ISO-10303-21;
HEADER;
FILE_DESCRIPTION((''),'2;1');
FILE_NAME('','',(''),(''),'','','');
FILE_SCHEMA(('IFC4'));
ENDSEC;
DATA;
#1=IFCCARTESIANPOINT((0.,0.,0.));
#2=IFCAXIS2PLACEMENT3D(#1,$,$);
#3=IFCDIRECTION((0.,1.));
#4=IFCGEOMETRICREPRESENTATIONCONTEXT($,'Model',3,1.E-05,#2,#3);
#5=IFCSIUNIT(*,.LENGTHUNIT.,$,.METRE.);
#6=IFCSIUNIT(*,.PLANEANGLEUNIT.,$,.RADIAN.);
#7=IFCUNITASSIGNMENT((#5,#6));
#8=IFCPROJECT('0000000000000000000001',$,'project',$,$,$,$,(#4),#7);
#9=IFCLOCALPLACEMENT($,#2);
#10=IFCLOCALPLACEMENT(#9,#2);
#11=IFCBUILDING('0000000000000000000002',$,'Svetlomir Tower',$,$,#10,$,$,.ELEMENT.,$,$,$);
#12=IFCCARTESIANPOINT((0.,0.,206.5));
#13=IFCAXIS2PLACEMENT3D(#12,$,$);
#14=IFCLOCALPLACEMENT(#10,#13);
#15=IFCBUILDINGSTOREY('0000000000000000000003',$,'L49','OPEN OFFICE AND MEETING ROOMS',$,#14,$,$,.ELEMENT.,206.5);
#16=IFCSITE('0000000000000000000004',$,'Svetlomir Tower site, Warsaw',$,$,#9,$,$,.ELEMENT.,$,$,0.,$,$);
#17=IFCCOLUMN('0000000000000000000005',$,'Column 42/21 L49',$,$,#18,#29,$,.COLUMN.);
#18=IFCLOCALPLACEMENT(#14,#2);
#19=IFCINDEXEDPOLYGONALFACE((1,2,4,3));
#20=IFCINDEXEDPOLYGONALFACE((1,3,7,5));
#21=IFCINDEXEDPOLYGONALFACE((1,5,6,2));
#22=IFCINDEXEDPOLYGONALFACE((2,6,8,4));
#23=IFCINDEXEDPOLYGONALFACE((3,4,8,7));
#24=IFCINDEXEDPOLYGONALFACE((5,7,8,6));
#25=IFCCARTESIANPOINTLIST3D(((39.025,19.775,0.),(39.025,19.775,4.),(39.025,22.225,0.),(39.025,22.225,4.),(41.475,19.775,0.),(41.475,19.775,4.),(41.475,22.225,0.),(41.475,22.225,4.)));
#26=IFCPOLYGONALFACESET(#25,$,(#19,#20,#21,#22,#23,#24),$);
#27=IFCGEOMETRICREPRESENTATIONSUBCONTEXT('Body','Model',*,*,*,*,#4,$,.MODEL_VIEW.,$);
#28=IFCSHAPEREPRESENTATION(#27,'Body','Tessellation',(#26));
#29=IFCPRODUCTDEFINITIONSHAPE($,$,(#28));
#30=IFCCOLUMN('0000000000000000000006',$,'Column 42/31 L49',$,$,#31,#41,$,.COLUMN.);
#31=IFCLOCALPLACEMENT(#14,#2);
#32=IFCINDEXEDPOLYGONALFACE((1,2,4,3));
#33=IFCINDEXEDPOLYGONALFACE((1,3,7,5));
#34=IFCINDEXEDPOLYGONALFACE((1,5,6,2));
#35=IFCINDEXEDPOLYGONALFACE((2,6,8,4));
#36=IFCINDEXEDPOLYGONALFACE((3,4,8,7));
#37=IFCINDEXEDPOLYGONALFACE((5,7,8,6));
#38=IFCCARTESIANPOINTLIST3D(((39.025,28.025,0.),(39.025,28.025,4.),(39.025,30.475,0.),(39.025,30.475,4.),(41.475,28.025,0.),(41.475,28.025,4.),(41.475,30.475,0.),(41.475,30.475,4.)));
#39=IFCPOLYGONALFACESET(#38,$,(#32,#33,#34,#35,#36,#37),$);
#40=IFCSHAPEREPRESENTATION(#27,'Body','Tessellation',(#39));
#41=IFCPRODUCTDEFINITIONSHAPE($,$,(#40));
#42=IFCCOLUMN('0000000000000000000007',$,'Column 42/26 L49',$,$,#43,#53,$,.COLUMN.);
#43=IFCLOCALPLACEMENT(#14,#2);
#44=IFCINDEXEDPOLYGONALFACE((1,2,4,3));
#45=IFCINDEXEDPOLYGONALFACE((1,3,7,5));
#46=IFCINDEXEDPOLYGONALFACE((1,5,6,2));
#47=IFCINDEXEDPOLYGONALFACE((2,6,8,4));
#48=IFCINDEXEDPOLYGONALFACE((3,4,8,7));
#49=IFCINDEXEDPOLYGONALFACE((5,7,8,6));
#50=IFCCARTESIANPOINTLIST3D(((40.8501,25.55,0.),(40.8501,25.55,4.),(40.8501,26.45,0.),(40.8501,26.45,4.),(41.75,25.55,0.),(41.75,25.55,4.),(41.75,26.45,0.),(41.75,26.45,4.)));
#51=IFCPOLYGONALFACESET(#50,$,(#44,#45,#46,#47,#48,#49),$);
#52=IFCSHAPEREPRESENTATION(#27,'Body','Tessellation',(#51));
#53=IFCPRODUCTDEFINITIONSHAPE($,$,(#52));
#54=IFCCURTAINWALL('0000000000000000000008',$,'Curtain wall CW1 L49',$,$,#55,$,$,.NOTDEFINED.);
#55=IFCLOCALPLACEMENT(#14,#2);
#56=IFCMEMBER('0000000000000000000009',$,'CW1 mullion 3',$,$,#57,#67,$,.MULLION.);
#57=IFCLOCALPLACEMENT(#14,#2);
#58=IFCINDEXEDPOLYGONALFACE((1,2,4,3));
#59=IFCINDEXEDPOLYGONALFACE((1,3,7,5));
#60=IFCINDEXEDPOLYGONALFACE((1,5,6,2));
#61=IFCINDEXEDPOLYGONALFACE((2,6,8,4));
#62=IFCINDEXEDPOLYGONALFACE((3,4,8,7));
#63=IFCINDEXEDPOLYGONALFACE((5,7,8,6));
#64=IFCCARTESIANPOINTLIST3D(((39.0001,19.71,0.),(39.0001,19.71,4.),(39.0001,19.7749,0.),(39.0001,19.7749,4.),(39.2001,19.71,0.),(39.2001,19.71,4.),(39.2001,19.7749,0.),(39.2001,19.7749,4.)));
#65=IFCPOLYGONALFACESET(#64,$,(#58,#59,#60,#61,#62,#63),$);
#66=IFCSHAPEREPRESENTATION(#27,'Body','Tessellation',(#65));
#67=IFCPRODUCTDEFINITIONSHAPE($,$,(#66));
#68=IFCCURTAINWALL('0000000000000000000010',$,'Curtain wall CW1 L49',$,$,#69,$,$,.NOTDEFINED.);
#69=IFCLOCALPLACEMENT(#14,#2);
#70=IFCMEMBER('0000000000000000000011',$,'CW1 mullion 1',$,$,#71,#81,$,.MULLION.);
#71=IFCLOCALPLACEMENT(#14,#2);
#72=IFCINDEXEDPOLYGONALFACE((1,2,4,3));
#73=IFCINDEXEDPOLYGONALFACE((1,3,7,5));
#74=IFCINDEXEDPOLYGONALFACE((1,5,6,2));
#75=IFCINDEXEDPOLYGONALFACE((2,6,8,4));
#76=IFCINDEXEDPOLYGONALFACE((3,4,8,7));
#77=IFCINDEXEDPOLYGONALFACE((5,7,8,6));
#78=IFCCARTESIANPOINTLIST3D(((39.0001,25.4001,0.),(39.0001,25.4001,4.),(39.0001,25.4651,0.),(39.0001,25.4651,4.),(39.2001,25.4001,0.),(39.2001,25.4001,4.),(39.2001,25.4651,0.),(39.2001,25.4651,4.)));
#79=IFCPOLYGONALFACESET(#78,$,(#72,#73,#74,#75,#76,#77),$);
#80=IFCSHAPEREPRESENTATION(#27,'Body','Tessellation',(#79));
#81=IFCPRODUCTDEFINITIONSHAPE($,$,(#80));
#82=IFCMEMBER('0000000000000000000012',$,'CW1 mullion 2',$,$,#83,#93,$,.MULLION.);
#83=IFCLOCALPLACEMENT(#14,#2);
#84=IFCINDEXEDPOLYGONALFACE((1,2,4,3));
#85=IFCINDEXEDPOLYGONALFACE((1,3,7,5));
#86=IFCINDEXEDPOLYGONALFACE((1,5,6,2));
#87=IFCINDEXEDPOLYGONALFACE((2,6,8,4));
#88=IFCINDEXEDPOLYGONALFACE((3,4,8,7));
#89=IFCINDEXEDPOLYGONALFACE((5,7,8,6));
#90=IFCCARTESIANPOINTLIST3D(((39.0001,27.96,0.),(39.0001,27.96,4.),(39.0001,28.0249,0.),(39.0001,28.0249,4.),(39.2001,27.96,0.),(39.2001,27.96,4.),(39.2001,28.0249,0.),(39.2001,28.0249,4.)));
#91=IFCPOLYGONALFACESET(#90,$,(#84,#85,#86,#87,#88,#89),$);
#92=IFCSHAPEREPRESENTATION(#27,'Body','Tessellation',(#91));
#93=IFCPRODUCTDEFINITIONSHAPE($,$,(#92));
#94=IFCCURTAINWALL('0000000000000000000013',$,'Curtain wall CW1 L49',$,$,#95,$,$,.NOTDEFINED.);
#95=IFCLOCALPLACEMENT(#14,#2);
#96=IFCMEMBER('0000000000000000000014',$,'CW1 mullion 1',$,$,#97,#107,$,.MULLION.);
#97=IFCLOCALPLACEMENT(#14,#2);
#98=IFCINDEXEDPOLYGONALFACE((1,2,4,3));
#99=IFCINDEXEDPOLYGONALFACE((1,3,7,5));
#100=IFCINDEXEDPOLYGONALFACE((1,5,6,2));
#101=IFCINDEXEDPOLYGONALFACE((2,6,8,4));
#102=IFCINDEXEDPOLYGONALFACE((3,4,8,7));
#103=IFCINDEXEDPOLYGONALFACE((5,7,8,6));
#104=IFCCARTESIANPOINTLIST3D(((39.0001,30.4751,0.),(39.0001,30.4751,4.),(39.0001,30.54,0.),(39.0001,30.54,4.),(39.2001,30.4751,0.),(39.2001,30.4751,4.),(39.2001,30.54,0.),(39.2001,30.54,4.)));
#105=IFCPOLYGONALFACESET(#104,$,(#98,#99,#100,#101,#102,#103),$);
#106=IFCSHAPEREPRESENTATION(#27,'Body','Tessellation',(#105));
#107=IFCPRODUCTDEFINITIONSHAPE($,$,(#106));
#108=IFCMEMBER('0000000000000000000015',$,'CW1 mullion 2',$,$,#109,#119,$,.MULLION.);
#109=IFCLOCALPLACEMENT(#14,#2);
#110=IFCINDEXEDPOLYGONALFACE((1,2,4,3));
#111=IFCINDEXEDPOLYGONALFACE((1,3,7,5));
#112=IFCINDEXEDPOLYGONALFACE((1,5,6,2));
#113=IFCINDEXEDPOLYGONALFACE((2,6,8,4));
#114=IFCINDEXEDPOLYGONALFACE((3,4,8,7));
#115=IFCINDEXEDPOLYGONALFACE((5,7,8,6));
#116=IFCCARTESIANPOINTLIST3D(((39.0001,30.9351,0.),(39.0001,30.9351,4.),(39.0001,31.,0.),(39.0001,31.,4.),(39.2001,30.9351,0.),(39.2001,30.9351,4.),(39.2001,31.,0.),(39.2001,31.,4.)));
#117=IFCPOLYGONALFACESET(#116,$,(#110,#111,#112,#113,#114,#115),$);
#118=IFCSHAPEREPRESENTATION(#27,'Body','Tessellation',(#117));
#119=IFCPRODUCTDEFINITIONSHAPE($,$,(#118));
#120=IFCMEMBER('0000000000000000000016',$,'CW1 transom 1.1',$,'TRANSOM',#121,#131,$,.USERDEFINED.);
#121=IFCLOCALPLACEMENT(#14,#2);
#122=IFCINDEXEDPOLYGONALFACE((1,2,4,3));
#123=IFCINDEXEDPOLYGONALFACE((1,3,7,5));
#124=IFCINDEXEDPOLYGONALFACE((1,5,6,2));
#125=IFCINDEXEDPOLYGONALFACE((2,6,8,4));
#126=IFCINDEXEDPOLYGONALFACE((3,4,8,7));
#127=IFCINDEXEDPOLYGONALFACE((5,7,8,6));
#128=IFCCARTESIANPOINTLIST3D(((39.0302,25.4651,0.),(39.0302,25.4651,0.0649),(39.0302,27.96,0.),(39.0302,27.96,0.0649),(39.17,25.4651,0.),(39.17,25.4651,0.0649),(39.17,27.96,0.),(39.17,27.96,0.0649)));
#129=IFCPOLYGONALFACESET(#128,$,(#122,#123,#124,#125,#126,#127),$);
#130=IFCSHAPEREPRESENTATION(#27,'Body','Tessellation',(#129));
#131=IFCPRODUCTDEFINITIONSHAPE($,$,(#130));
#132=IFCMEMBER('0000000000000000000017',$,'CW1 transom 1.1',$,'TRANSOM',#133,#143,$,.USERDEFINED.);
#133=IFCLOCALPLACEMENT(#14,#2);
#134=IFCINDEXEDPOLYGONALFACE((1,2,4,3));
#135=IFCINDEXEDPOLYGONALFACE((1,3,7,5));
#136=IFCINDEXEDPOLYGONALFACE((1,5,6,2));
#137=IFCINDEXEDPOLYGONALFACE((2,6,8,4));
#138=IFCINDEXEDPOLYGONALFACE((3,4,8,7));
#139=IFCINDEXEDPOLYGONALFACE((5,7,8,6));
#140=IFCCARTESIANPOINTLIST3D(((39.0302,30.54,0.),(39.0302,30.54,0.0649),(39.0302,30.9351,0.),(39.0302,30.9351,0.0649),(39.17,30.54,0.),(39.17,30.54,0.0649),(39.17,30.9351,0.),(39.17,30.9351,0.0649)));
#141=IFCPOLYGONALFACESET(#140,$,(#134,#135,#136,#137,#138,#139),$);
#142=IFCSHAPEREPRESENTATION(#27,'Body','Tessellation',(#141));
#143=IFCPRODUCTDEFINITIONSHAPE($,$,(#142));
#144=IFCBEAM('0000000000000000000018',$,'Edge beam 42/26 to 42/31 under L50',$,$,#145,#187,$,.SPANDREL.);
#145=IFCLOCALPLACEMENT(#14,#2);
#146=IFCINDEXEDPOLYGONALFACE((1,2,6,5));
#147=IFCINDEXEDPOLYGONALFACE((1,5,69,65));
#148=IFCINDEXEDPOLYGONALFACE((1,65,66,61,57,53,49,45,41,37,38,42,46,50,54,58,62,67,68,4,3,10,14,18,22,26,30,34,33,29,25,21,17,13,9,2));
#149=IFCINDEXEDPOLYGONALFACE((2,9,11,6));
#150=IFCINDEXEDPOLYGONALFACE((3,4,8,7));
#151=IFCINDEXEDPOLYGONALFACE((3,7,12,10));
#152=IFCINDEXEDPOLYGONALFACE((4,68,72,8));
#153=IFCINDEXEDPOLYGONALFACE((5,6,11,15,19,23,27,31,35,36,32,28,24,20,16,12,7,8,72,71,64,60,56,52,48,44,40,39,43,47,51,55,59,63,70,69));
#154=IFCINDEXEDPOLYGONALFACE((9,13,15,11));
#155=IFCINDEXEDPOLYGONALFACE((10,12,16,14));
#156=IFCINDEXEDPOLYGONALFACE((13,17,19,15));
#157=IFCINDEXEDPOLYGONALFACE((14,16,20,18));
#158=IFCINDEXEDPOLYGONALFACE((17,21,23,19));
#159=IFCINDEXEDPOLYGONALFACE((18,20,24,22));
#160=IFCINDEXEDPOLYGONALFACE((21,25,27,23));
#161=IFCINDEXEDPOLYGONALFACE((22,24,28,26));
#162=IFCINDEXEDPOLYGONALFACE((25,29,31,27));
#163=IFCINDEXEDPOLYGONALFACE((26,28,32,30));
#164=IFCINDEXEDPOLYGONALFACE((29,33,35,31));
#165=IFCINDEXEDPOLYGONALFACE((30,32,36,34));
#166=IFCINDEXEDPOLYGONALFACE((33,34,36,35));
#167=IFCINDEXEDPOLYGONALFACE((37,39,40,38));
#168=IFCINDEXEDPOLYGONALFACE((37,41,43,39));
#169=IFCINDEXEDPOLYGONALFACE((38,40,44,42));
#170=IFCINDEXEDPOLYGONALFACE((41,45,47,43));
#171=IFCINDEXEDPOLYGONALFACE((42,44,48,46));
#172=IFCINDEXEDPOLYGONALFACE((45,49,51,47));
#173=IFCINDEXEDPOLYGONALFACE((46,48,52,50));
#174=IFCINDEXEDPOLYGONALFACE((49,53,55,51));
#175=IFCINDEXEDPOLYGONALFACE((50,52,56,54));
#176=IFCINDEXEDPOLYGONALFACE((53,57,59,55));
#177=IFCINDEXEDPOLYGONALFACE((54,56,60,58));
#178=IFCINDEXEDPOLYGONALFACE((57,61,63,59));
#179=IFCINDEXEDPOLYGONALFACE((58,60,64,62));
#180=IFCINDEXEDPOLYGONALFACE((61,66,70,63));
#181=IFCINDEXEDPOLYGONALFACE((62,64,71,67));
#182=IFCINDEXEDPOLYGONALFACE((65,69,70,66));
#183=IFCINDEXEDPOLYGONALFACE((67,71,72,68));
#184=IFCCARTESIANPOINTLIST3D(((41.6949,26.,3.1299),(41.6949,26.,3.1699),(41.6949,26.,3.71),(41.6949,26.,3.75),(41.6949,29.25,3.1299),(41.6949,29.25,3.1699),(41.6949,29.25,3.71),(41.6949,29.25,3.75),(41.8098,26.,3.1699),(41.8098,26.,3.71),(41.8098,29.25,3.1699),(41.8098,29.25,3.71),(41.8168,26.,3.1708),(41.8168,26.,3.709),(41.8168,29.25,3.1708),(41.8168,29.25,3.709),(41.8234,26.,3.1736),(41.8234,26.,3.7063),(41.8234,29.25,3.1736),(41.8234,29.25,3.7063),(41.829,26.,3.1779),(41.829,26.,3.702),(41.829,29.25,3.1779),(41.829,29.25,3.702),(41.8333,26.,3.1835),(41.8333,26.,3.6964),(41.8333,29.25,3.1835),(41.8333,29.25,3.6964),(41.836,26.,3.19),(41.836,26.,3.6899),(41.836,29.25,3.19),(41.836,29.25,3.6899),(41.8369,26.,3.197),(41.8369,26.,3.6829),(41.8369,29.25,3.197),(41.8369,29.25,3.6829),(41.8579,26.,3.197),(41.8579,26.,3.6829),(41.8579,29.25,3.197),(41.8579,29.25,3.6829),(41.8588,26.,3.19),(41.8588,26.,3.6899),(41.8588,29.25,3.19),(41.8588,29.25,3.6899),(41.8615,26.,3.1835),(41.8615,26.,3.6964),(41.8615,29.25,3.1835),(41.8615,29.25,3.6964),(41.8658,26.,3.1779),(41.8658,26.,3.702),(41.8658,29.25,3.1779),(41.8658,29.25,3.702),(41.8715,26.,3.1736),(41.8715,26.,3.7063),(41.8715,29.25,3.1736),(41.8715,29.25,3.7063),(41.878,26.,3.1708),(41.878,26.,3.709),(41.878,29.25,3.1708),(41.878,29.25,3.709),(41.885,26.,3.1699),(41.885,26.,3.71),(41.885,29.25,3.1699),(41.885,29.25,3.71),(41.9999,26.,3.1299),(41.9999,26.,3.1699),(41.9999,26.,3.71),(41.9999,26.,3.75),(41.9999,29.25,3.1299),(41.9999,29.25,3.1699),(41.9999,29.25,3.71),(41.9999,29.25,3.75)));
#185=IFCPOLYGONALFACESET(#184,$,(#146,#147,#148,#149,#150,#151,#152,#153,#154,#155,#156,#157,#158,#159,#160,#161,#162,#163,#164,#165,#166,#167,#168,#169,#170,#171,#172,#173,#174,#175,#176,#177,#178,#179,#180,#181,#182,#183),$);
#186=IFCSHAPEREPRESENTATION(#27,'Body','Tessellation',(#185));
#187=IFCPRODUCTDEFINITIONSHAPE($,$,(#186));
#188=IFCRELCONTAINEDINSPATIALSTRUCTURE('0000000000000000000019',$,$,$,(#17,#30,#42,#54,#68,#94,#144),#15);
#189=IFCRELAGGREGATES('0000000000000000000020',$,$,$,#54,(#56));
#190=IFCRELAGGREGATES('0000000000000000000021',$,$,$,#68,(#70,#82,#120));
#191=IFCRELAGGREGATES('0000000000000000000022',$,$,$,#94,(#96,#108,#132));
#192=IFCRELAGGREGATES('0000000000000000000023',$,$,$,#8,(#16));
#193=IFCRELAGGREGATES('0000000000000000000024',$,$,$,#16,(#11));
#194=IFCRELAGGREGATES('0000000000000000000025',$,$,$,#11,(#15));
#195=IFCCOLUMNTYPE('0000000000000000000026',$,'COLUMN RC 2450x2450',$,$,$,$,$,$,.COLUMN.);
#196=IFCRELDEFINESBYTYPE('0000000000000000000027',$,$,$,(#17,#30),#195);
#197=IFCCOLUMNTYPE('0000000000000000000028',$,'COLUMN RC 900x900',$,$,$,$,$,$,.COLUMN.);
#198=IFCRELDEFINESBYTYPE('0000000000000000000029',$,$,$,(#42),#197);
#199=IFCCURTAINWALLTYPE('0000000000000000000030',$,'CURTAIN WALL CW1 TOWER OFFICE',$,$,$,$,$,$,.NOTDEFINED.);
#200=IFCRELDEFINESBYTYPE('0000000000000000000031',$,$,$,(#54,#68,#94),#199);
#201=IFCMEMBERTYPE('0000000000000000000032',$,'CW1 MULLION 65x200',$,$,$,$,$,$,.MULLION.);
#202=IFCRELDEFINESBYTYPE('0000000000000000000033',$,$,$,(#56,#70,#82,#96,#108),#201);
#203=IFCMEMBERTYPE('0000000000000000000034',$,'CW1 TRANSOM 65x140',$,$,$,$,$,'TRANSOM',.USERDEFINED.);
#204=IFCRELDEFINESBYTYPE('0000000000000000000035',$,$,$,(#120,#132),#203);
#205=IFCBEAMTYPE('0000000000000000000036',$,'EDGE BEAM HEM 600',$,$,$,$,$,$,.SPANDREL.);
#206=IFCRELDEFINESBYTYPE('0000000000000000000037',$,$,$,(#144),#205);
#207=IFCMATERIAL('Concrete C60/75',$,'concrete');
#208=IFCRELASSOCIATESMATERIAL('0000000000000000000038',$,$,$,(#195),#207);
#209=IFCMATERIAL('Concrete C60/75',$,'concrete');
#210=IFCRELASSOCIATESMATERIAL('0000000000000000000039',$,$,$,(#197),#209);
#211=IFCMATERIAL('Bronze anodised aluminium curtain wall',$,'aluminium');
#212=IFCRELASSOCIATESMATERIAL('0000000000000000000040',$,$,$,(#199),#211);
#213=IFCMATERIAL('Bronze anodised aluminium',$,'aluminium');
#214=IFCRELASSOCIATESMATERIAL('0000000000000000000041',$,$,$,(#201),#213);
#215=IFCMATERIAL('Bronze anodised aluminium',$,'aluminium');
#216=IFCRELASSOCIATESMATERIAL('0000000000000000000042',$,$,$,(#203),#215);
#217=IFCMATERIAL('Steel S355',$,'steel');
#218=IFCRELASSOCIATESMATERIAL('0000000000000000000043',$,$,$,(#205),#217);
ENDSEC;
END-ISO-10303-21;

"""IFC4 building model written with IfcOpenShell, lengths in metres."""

from ifc_helpers import new_model, si_unit, direction, frame, origin, origin_2d, place, context, subcontext, project, spatial, rectangle, i_section, extrude, material, material_profile, profile_set, type_object, element, aggregate, save


model = new_model("IFC4")

# Units and contexts
model_context = context("Model", 3, precision=1e-05, world=origin(), true_north=direction((0.0, 1.0)))
body_context = subcontext(model_context, "Body", "Model", "MODEL_VIEW")
ifc_project = project(units=[si_unit("LENGTHUNIT", "METRE"), si_unit("PLANEANGLEUNIT", "RADIAN")], contexts=[model_context])

# Site, building, storey
site_placement = place(None, origin())
site = spatial("IfcSite", under=ifc_project, at=site_placement, Name="Svetlomir Tower site, Warsaw", CompositionType="ELEMENT", RefElevation=0.0)
building_placement = place(site_placement, origin())
building = spatial("IfcBuilding", under=site, at=building_placement, Name="Svetlomir Tower", CompositionType="ELEMENT")
storey_placement = place(building_placement, frame((0.0, 0.0, 206.5)))
storey = spatial("IfcBuildingStorey", under=building, at=storey_placement, Name="L49", Description="OPEN OFFICE AND MEETING ROOMS", CompositionType="ELEMENT", Elevation=206.5)

# Columns
ifc_material_1 = material(Name="Concrete C60/75", Category="concrete")
ifc_material_profile_1 = material_profile(ifc_material_1, rectangle(XDim=2.45, YDim=2.45, at=origin_2d()), Name="RC 2450x2450")
ifc_profile_set_1 = profile_set([ifc_material_profile_1], Name="Concrete C60/75")
column_type_1 = type_object("IfcColumnType", Name="COLUMN RC 2450x2450", PredefinedType="COLUMN", material=ifc_profile_set_1)
for number, where, z_axis, x_axis, name in (
    (1, (40.25, 21.0, 0.0), (0.0, 0.0, 1.0), (1.0, 0.0, 0.0), "Column 42/21 L49"),
    (2, (40.25, 29.25, 0.0), (0.0, 0.0, 1.0), (1.0, 0.0, 0.0), "Column 42/31 L49"),
):
    element("IfcColumn", number, at=place(storey_placement, frame(where, z_axis=z_axis, x_axis=x_axis)), inside=storey, type_object=column_type_1, Name=name, PredefinedType="COLUMN", context=body_context, shape_type="SweptSolid", body=[
        extrude(rectangle(XDim=2.45, YDim=2.45, at=origin_2d()), origin(), (0.0, 0.0, 1.0), 4.0),
    ])
ifc_material_2 = material(Name="Concrete C60/75", Category="concrete")
ifc_material_profile_2 = material_profile(ifc_material_2, rectangle(XDim=0.8999, YDim=0.8999, at=origin_2d()), Name="RC 900x900")
ifc_profile_set_2 = profile_set([ifc_material_profile_2], Name="Concrete C60/75")
column_type_2 = type_object("IfcColumnType", Name="COLUMN RC 900x900", PredefinedType="COLUMN", material=ifc_profile_set_2)
column_placement = place(storey_placement, frame((41.3, 26.0, 0.0), z_axis=(0.0, 0.0, 1.0), x_axis=(1.0, 0.0, 0.0)))
element("IfcColumn", 3, at=column_placement, inside=storey, type_object=column_type_2, Name="Column 42/26 L49", PredefinedType="COLUMN", context=body_context, shape_type="SweptSolid", body=[
    extrude(rectangle(XDim=0.8999, YDim=0.8999, at=origin_2d()), origin(), (0.0, 0.0, 1.0), 4.0),
])

# Curtain wall, member
ifc_material_3 = material(Name="Bronze anodised aluminium curtain wall", Category="aluminium")
curtain_wall_type = type_object("IfcCurtainWallType", Name="CURTAIN WALL CW1 TOWER OFFICE", PredefinedType="NOTDEFINED", material=ifc_material_3)
curtain_wall_1_placement = place(storey_placement, origin())
curtain_wall_1 = element("IfcCurtainWall", 4, at=curtain_wall_1_placement, inside=storey, type_object=curtain_wall_type, Name="Curtain wall CW1 L49", PredefinedType="NOTDEFINED")
ifc_material_4 = material(Name="Bronze anodised aluminium", Category="aluminium")
ifc_material_profile_3 = material_profile(ifc_material_4, rectangle(XDim=0.0649, YDim=0.2, at=origin_2d()), Name="AL 65x200")
ifc_profile_set_3 = profile_set([ifc_material_profile_3], Name="Bronze anodised aluminium 6063-T6")
member_type_1 = type_object("IfcMemberType", Name="CW1 MULLION 65x200", PredefinedType="MULLION", material=ifc_profile_set_3)
member_1_placement = place(storey_placement, frame((39.1001, 19.7424, 0.0), z_axis=(0.0, 0.0, 1.0), x_axis=(0.0, 1.0, 0.0)))
member_1 = element("IfcMember", 5, at=member_1_placement, type_object=member_type_1, Name="CW1 mullion 3", PredefinedType="MULLION", context=body_context, shape_type="SweptSolid", body=[
    extrude(rectangle(XDim=0.0649, YDim=0.2, at=origin_2d()), origin(), (0.0, 0.0, 1.0), 4.0),
])
aggregate(curtain_wall_1, [member_1])

# Curtain walls, members
curtain_wall_2_placement = place(storey_placement, origin())
curtain_wall_2 = element("IfcCurtainWall", 6, at=curtain_wall_2_placement, inside=storey, type_object=curtain_wall_type, Name="Curtain wall CW1 L49", PredefinedType="NOTDEFINED")
member_2_placement = place(storey_placement, frame((39.1001, 25.4326, 0.0), z_axis=(0.0, 0.0, 1.0), x_axis=(0.0, 1.0, 0.0)))
member_2 = element("IfcMember", 7, at=member_2_placement, type_object=member_type_1, Name="CW1 mullion 1", PredefinedType="MULLION", context=body_context, shape_type="SweptSolid", body=[
    extrude(rectangle(XDim=0.0649, YDim=0.2, at=origin_2d()), origin(), (0.0, 0.0, 1.0), 4.0),
])
member_3_placement = place(storey_placement, frame((39.1001, 27.9924, 0.0), z_axis=(0.0, 0.0, 1.0), x_axis=(0.0, 1.0, 0.0)))
member_3 = element("IfcMember", 8, at=member_3_placement, type_object=member_type_1, Name="CW1 mullion 2", PredefinedType="MULLION", context=body_context, shape_type="SweptSolid", body=[
    extrude(rectangle(XDim=0.0649, YDim=0.2, at=origin_2d()), origin(), (0.0, 0.0, 1.0), 4.0),
])
curtain_wall_3_placement = place(storey_placement, origin())
curtain_wall_3 = element("IfcCurtainWall", 9, at=curtain_wall_3_placement, inside=storey, type_object=curtain_wall_type, Name="Curtain wall CW1 L49", PredefinedType="NOTDEFINED")
member_4_placement = place(storey_placement, frame((39.1001, 30.5076, 0.0), z_axis=(0.0, 0.0, 1.0), x_axis=(0.0, 1.0, 0.0)))
member_4 = element("IfcMember", 10, at=member_4_placement, type_object=member_type_1, Name="CW1 mullion 1", PredefinedType="MULLION", context=body_context, shape_type="SweptSolid", body=[
    extrude(rectangle(XDim=0.0649, YDim=0.2, at=origin_2d()), origin(), (0.0, 0.0, 1.0), 4.0),
])
member_5_placement = place(storey_placement, frame((39.1001, 30.9675, 0.0), z_axis=(0.0, 0.0, 1.0), x_axis=(0.0, 1.0, 0.0)))
member_5 = element("IfcMember", 11, at=member_5_placement, type_object=member_type_1, Name="CW1 mullion 2", PredefinedType="MULLION", context=body_context, shape_type="SweptSolid", body=[
    extrude(rectangle(XDim=0.0649, YDim=0.2, at=origin_2d()), origin(), (0.0, 0.0, 1.0), 4.0),
])

# Members
ifc_material_5 = material(Name="Bronze anodised aluminium", Category="aluminium")
ifc_material_profile_4 = material_profile(ifc_material_5, rectangle(XDim=0.1399, YDim=0.0649, at=origin_2d()), Name="AL 140x65")
ifc_profile_set_4 = profile_set([ifc_material_profile_4], Name="Bronze anodised aluminium 6063-T6")
member_type_2 = type_object("IfcMemberType", Name="CW1 TRANSOM 65x140", ElementType="TRANSOM", PredefinedType="USERDEFINED", material=ifc_profile_set_4)
member_6_placement = place(storey_placement, frame((39.1001, 25.4651, 0.0325), z_axis=(0.0, 1.0, 0.0), x_axis=(-1.0, 0.0, 0.0)))
member_6 = element("IfcMember", 12, at=member_6_placement, type_object=member_type_2, Name="CW1 transom 1.1", ObjectType="TRANSOM", PredefinedType="USERDEFINED", context=body_context, shape_type="SweptSolid", body=[
    extrude(rectangle(XDim=0.1399, YDim=0.0649, at=origin_2d()), origin(), (0.0, 0.0, 1.0), 2.4949),
])
member_7_placement = place(storey_placement, frame((39.1001, 30.54, 0.0325), z_axis=(0.0, 1.0, 0.0), x_axis=(-1.0, 0.0, 0.0)))
member_7 = element("IfcMember", 13, at=member_7_placement, type_object=member_type_2, Name="CW1 transom 1.1", ObjectType="TRANSOM", PredefinedType="USERDEFINED", context=body_context, shape_type="SweptSolid", body=[
    extrude(rectangle(XDim=0.1399, YDim=0.0649, at=origin_2d()), origin(), (0.0, 0.0, 1.0), 0.395),
])

# Beam
ifc_material_6 = material(Name="Steel S355", Category="steel")
ifc_material_profile_5 = material_profile(ifc_material_6, i_section(OverallWidth=0.3049, OverallDepth=0.6201, WebThickness=0.021, FlangeThickness=0.04, FilletRadius=0.0271, at=origin_2d()), Name="HEM 600")
ifc_profile_set_5 = profile_set([ifc_material_profile_5], Name="Steel S355")
beam_type_1 = type_object("IfcBeamType", Name="EDGE BEAM HEM 600", PredefinedType="SPANDREL", material=ifc_profile_set_5)
beam_1_placement = place(storey_placement, frame((41.8474, 26.0, 3.4399), z_axis=(0.0, 1.0, 0.0), x_axis=(-1.0, 0.0, 0.0)))
element("IfcBeam", 14, at=beam_1_placement, inside=storey, type_object=beam_type_1, Name="Edge beam 42/26 to 42/31 under L50", PredefinedType="SPANDREL", context=body_context, shape_type="SweptSolid", body=[
    extrude(i_section(OverallWidth=0.3049, OverallDepth=0.6201, WebThickness=0.021, FlangeThickness=0.04, FilletRadius=0.0271, at=origin_2d()), origin(), (0.0, 0.0, 1.0), 3.25),
])

aggregate(curtain_wall_2, [member_2, member_3, member_6])
aggregate(curtain_wall_3, [member_4, member_5, member_7])

save(model, "model.ifc")
